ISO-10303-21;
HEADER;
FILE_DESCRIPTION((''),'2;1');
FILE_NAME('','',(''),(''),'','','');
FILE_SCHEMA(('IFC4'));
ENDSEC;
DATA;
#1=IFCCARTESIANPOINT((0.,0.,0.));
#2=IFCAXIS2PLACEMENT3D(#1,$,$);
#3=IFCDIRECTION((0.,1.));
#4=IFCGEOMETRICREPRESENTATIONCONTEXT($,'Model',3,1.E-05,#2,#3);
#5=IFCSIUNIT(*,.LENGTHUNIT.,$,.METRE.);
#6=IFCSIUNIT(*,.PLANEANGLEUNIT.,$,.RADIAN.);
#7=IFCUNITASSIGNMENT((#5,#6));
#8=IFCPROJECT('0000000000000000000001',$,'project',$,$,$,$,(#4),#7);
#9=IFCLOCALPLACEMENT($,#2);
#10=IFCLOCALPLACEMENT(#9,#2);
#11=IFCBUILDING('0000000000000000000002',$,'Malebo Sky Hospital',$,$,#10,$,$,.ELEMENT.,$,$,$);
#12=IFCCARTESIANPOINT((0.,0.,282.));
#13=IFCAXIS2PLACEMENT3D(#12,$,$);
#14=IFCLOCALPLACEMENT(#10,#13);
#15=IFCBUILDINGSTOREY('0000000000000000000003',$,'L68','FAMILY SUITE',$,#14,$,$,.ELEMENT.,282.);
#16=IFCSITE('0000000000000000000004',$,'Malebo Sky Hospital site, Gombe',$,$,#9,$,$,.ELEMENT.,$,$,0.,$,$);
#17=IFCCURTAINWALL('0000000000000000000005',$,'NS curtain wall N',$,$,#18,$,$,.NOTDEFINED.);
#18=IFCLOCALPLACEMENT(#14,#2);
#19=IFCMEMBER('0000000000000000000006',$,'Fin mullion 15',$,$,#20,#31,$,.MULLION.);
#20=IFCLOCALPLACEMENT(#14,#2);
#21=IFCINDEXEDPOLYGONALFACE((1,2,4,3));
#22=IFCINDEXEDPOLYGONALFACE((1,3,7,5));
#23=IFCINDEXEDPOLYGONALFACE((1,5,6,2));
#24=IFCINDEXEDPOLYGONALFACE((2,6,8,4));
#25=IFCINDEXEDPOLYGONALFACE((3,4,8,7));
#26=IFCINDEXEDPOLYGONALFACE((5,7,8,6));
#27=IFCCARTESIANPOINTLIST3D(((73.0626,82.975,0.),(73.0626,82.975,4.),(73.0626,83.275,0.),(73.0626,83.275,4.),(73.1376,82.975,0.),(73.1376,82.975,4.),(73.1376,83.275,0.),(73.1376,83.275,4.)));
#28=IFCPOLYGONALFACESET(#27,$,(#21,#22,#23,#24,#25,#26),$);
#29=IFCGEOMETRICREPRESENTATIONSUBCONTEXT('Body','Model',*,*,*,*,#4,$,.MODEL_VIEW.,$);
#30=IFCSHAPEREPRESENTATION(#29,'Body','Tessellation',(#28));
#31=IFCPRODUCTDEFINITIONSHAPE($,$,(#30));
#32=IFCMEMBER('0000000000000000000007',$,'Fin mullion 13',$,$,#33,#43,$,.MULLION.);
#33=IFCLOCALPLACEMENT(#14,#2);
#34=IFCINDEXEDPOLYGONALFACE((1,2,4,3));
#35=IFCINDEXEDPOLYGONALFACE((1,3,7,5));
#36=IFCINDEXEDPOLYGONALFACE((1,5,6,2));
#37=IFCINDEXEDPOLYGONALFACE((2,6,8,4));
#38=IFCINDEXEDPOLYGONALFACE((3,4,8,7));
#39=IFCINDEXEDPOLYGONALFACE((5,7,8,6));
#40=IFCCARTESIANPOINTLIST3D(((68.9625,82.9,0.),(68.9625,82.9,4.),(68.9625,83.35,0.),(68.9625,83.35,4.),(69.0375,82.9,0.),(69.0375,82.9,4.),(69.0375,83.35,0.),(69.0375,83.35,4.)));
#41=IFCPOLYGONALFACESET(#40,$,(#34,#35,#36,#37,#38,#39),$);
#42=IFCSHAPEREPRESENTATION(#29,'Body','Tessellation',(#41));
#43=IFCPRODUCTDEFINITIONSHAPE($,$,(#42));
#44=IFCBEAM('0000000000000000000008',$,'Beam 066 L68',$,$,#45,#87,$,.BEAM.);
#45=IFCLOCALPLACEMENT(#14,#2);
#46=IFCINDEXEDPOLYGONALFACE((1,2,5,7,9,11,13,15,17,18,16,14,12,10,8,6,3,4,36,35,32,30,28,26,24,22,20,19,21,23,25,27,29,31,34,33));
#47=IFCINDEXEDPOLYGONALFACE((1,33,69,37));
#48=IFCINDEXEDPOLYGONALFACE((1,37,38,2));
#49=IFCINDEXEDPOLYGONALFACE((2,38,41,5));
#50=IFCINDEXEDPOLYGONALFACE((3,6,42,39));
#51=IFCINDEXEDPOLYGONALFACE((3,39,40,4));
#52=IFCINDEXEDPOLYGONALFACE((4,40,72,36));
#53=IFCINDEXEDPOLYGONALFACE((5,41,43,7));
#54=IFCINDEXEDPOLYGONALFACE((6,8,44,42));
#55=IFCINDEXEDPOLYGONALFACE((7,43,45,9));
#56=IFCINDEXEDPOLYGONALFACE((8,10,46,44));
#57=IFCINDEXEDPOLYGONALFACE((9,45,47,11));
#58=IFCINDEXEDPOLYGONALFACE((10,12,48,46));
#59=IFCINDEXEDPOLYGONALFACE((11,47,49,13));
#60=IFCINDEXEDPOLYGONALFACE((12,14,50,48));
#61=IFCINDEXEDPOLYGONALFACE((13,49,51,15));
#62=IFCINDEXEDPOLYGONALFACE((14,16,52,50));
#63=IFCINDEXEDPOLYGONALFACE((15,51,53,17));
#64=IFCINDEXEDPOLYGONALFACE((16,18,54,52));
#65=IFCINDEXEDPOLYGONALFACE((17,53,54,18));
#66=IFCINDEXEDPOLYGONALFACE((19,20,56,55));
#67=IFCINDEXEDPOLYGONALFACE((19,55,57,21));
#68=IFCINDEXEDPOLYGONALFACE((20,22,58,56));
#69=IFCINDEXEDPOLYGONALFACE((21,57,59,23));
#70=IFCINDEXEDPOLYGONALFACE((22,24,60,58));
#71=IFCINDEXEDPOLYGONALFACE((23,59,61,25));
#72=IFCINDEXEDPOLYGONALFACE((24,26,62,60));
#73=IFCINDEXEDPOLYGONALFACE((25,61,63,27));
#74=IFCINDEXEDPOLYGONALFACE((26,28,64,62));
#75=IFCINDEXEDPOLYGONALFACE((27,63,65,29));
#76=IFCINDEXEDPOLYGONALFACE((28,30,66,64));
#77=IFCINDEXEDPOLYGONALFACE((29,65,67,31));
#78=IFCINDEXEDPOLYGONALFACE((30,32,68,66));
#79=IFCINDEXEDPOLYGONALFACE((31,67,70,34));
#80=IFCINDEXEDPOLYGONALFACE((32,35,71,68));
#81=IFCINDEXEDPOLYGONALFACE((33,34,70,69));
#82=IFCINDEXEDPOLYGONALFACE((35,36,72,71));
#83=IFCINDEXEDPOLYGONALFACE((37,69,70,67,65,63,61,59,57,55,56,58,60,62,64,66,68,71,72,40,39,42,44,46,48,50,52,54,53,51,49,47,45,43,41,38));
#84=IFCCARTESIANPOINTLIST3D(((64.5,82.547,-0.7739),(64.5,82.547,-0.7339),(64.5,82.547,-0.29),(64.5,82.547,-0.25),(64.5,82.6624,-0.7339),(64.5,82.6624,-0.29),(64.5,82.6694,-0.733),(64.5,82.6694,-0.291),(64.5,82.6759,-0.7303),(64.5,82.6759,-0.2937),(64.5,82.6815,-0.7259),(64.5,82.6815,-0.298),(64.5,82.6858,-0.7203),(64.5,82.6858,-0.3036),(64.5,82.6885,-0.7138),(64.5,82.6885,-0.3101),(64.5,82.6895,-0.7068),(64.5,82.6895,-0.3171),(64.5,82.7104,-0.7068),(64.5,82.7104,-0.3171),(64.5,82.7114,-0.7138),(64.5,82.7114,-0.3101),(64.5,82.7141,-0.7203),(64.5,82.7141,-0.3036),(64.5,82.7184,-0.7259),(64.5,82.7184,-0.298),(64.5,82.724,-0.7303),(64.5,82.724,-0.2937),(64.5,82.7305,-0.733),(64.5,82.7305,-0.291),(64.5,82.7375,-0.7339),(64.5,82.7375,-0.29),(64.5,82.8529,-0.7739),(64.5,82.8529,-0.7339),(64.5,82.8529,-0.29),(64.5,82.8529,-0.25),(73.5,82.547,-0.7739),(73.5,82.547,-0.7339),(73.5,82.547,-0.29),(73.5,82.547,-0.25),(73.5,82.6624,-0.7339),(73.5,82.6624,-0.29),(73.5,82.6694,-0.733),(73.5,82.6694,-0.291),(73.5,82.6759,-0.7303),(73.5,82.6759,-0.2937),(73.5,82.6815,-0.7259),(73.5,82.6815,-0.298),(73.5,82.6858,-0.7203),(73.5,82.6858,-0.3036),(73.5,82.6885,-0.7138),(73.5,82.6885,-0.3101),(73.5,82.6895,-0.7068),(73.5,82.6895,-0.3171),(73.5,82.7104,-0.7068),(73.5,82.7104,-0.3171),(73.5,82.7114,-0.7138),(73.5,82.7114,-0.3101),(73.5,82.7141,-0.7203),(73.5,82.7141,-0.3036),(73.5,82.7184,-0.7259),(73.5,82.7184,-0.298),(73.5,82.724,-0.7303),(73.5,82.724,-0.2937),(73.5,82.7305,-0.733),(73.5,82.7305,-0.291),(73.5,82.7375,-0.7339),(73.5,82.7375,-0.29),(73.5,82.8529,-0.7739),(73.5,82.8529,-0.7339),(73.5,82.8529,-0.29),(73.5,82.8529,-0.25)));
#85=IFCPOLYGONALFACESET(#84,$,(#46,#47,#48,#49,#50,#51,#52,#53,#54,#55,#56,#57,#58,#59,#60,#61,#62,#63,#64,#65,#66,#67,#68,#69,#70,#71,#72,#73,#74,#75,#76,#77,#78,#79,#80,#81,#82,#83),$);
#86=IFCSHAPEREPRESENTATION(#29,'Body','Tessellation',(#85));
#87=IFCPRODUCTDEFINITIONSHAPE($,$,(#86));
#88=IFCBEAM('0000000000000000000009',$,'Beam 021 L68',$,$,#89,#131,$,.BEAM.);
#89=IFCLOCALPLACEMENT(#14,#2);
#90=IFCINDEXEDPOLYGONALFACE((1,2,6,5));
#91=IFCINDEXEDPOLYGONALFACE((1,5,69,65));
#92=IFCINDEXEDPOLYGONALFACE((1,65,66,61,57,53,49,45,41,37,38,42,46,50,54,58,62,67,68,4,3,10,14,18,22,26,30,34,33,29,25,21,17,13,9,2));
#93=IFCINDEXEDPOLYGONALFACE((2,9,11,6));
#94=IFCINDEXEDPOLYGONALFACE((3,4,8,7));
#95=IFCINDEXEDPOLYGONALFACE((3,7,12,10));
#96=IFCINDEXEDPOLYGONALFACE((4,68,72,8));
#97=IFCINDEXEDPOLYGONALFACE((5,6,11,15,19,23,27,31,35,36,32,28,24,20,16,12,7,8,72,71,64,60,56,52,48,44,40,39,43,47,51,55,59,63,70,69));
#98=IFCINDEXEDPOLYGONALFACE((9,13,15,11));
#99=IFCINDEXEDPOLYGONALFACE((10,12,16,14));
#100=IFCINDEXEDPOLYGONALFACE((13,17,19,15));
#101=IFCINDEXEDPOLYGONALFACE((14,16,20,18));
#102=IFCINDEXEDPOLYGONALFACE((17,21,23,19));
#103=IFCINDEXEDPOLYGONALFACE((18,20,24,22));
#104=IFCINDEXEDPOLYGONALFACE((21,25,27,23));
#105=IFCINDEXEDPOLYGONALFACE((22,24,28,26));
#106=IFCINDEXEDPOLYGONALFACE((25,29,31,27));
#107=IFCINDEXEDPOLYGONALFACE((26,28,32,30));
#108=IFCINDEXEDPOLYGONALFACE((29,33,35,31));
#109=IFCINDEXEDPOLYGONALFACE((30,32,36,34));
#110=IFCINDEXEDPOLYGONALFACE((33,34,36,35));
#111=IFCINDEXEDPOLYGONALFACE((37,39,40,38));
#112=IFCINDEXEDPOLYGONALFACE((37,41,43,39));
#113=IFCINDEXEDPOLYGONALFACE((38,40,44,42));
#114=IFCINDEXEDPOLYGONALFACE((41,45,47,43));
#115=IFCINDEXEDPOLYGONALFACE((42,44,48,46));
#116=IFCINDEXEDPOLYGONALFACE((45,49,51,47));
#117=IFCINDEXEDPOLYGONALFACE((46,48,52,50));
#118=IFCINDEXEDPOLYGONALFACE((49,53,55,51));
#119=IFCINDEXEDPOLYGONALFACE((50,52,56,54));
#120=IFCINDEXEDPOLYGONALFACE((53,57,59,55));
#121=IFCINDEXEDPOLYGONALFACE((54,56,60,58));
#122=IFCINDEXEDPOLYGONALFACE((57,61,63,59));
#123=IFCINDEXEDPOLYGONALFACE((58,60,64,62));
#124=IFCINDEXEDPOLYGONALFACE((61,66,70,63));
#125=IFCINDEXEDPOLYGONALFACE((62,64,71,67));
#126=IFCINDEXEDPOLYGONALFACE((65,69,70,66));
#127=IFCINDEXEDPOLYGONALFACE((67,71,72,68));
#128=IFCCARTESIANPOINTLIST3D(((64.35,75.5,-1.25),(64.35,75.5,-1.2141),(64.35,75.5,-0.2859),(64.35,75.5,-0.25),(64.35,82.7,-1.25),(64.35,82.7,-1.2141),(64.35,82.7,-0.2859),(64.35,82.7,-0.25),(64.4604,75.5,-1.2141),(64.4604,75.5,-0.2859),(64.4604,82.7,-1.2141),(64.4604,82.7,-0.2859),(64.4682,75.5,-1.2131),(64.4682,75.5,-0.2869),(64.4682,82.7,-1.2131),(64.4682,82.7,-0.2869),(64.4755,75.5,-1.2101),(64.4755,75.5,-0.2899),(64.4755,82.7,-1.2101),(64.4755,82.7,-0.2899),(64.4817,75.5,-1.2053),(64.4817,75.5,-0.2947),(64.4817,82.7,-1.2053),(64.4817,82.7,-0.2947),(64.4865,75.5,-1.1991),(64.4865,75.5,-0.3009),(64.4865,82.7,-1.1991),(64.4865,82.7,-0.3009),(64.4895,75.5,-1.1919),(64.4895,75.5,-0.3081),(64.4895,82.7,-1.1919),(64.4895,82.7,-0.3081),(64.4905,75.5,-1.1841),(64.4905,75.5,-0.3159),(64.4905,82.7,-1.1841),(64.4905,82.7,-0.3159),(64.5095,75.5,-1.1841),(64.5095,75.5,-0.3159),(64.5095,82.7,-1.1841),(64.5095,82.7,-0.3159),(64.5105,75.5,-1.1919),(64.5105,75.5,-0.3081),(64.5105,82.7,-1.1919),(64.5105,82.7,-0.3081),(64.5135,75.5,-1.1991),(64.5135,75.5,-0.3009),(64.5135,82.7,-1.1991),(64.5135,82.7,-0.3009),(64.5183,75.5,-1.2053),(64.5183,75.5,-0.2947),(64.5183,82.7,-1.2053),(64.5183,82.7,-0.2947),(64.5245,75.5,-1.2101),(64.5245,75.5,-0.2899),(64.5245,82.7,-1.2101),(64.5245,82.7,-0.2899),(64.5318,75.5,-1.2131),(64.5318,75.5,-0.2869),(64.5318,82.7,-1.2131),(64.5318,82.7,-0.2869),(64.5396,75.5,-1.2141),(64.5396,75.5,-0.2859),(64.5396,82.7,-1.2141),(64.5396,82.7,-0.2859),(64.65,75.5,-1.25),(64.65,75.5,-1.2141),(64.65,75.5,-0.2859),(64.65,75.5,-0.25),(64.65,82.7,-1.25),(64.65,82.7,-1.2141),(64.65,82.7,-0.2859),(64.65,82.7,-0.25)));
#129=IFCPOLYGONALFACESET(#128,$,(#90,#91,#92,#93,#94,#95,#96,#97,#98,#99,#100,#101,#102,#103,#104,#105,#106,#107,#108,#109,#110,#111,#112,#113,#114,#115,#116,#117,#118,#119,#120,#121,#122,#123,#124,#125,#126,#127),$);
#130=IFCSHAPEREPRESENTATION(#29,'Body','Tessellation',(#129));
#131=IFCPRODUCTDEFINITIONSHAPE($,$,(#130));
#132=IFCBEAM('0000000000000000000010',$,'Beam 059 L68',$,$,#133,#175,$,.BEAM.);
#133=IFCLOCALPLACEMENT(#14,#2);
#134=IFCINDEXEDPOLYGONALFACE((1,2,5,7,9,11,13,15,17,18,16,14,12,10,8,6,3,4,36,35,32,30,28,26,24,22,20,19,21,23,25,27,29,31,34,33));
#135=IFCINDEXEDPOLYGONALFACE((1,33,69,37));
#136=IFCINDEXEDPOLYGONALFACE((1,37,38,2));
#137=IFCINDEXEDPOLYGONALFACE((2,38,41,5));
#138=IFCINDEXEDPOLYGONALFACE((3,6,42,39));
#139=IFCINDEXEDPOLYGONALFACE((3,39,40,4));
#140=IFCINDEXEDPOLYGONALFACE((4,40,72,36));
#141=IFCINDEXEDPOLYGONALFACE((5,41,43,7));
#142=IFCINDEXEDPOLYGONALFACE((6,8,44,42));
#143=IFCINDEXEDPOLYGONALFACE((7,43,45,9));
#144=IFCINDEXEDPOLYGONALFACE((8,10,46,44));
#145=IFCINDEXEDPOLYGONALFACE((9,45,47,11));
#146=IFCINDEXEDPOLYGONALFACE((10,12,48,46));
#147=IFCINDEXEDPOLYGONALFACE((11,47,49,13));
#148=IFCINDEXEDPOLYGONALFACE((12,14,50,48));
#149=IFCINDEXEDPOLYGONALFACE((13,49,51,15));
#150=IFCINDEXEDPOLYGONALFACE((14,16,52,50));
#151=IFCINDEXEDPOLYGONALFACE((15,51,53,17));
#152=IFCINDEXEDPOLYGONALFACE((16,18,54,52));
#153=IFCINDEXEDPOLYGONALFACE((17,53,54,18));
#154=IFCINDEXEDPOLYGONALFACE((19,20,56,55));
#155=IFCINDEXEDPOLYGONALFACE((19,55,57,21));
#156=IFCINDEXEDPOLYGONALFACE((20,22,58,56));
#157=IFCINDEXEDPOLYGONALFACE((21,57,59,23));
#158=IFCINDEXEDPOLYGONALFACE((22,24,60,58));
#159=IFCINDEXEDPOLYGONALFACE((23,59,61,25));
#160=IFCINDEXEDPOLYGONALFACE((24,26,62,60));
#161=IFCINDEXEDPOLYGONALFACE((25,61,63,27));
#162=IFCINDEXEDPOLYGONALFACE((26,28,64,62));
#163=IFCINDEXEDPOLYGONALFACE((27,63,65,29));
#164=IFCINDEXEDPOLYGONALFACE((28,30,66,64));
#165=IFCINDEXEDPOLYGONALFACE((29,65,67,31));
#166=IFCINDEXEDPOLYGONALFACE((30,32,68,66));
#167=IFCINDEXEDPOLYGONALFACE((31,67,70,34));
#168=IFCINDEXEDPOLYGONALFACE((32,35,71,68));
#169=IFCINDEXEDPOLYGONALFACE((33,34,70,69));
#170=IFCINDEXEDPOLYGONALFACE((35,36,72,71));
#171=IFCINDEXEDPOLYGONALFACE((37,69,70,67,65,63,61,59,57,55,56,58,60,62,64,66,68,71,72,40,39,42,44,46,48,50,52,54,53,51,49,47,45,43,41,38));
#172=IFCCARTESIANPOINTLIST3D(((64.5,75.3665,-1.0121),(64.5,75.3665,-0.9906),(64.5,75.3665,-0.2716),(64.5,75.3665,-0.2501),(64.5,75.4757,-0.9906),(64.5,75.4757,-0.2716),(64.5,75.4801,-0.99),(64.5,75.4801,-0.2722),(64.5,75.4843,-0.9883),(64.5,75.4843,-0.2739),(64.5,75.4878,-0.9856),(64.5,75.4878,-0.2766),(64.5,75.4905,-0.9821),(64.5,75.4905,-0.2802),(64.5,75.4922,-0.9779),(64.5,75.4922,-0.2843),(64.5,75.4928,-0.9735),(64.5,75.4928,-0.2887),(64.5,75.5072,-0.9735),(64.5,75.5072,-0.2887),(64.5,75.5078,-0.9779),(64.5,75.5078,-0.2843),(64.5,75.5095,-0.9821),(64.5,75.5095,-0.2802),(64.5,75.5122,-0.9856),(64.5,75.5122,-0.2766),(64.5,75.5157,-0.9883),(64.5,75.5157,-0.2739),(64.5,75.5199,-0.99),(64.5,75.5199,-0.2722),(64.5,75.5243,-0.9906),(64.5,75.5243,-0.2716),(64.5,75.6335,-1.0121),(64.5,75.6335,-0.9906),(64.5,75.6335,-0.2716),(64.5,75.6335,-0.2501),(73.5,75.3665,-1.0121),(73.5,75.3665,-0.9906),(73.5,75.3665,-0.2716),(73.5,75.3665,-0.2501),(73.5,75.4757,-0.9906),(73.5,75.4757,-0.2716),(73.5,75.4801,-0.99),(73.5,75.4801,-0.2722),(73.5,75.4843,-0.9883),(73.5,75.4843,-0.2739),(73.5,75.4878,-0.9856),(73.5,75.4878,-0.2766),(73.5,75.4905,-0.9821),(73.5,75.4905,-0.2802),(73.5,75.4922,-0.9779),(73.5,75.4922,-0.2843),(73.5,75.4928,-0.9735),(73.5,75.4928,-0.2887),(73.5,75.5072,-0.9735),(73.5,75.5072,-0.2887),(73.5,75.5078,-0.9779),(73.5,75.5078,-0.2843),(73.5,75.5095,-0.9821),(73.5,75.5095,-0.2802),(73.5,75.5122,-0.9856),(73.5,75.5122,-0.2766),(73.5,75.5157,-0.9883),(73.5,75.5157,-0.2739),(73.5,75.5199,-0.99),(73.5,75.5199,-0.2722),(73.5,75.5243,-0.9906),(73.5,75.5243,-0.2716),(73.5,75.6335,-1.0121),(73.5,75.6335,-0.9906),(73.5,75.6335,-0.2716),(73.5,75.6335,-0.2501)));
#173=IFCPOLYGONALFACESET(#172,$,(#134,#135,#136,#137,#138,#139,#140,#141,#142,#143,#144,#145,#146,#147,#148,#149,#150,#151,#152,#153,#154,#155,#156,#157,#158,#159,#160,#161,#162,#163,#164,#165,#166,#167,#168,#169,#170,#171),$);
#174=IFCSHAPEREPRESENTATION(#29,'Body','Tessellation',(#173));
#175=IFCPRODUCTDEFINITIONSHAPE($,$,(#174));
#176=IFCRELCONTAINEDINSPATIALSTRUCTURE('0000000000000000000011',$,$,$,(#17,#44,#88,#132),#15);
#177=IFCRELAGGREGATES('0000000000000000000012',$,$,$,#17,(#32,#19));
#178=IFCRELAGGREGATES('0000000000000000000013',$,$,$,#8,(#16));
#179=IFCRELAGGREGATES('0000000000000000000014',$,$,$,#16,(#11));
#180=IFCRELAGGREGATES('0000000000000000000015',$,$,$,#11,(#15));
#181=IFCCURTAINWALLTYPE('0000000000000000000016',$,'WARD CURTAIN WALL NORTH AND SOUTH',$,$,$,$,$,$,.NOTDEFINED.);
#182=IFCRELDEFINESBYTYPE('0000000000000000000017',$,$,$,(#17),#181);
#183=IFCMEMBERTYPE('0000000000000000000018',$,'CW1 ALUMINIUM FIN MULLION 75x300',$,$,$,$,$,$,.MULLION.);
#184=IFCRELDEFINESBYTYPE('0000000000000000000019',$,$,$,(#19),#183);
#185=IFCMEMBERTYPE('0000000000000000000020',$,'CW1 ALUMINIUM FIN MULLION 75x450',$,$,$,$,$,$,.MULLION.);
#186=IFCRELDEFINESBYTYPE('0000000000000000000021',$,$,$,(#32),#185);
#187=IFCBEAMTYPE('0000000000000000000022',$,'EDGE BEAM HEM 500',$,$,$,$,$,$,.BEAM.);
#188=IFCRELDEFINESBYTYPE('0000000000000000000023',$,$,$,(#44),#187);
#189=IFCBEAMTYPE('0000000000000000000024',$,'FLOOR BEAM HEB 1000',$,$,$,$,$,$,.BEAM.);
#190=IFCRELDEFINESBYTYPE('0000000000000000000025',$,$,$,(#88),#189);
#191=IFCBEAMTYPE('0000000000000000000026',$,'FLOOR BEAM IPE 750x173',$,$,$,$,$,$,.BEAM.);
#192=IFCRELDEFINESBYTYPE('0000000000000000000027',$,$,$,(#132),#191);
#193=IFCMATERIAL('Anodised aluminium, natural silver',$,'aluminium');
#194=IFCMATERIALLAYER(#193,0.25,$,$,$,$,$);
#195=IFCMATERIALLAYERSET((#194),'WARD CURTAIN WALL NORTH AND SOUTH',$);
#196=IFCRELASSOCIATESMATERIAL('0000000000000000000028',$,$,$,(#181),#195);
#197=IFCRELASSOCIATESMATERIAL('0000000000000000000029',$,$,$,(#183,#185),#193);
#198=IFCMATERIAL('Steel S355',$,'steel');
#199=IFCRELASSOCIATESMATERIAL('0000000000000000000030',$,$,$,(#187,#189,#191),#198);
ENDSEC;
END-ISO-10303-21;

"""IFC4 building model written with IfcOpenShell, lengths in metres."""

from ifc_helpers import new_model, si_unit, direction, frame, origin, origin_2d, place, context, subcontext, project, spatial, rectangle, i_section, extrude, material, layer, layer_set, material_profile, profile_set, type_object, element, aggregate, save


model = new_model("IFC4")

# Units and contexts
model_context = context("Model", 3, precision=1e-05, world=origin(), true_north=direction((0.0, 1.0)))
body_context = subcontext(model_context, "Body", "Model", "MODEL_VIEW")
ifc_project = project(units=[si_unit("LENGTHUNIT", "METRE"), si_unit("PLANEANGLEUNIT", "RADIAN")], contexts=[model_context])

# Site, building, storey
site_placement = place(None, origin())
site = spatial("IfcSite", under=ifc_project, at=site_placement, Name="Malebo Sky Hospital site, Gombe", CompositionType="ELEMENT", RefElevation=0.0)
building_placement = place(site_placement, origin())
building = spatial("IfcBuilding", under=site, at=building_placement, Name="Malebo Sky Hospital", CompositionType="ELEMENT")
storey_placement = place(building_placement, frame((0.0, 0.0, 282.0)))
storey = spatial("IfcBuildingStorey", under=building, at=storey_placement, Name="L68", Description="FAMILY SUITE", CompositionType="ELEMENT", Elevation=282.0)

# Curtain wall
ifc_material_1 = material(Name="Anodised aluminium, natural silver", Category="aluminium")
ifc_layer_1 = layer(ifc_material_1, 0.25)
ifc_layer_set_1 = layer_set([ifc_layer_1], Name="WARD CURTAIN WALL NORTH AND SOUTH")
curtain_wall_type = type_object("IfcCurtainWallType", Name="WARD CURTAIN WALL NORTH AND SOUTH", PredefinedType="NOTDEFINED", material=ifc_layer_set_1)
curtain_wall_placement = place(storey_placement, origin())
curtain_wall = element("IfcCurtainWall", 1, at=curtain_wall_placement, inside=storey, type_object=curtain_wall_type, Name="NS curtain wall N", PredefinedType="NOTDEFINED")

# Members
ifc_material_2 = material(Name="Steel S355", Category="steel")
ifc_material_profile_1 = material_profile(ifc_material_1, rectangle(XDim=0.075, YDim=0.3, at=origin_2d()), Name="CW1 ALUMINIUM FIN MULLION 75x300")
ifc_profile_set_1 = profile_set([ifc_material_profile_1], Name="Anodised aluminium, natural silver")
member_type_1 = type_object("IfcMemberType", Name="CW1 ALUMINIUM FIN MULLION 75x300", PredefinedType="MULLION", material=ifc_profile_set_1)
member_1_placement = place(storey_placement, frame((73.1001, 83.125, 0.0), z_axis=(0.0, 0.0, 1.0), x_axis=(1.0, 0.0, 0.0)))
member_1 = element("IfcMember", 2, at=member_1_placement, type_object=member_type_1, Name="Fin mullion 15", PredefinedType="MULLION", context=body_context, shape_type="SweptSolid", body=[
    extrude(rectangle(XDim=0.075, YDim=0.3, at=origin_2d()), origin(), (0.0, 0.0, 1.0), 4.0),
])
ifc_material_profile_2 = material_profile(ifc_material_1, rectangle(XDim=0.075, YDim=0.45, at=origin_2d()), Name="CW1 ALUMINIUM FIN MULLION 75x450")
ifc_profile_set_2 = profile_set([ifc_material_profile_2], Name="Anodised aluminium, natural silver")
member_type_2 = type_object("IfcMemberType", Name="CW1 ALUMINIUM FIN MULLION 75x450", PredefinedType="MULLION", material=ifc_profile_set_2)
member_2_placement = place(storey_placement, frame((69.0, 83.125, 0.0), z_axis=(0.0, 0.0, 1.0), x_axis=(1.0, 0.0, 0.0)))
member_2 = element("IfcMember", 3, at=member_2_placement, type_object=member_type_2, Name="Fin mullion 13", PredefinedType="MULLION", context=body_context, shape_type="SweptSolid", body=[
    extrude(rectangle(XDim=0.075, YDim=0.45, at=origin_2d()), origin(), (0.0, 0.0, 1.0), 4.0),
])

# Beams
ifc_material_profile_3 = material_profile(ifc_material_2, i_section(OverallWidth=0.3059, OverallDepth=0.5239, WebThickness=0.021, FlangeThickness=0.04, FilletRadius=0.0271, at=origin_2d()), Name="HEM 500")
ifc_profile_set_3 = profile_set([ifc_material_profile_3], Name="Steel S355")
beam_type_1 = type_object("IfcBeamType", Name="EDGE BEAM HEM 500", PredefinedType="BEAM", material=ifc_profile_set_3)
beam_1_placement = place(storey_placement, frame((64.5, 82.7, -0.512), z_axis=(1.0, 0.0, 0.0), x_axis=(0.0, 1.0, 0.0)))
element("IfcBeam", 4, at=beam_1_placement, inside=storey, type_object=beam_type_1, Name="Beam 066 L68", PredefinedType="BEAM", context=body_context, shape_type="SweptSolid", body=[
    extrude(i_section(OverallWidth=0.3059, OverallDepth=0.5239, WebThickness=0.021, FlangeThickness=0.04, FilletRadius=0.0271, at=origin_2d()), origin(), (0.0, 0.0, 1.0), 9.0),
])
ifc_material_profile_4 = material_profile(ifc_material_2, i_section(OverallWidth=0.3, OverallDepth=1.0, WebThickness=0.019, FlangeThickness=0.0359, FilletRadius=0.03, at=origin_2d()), Name="HEB 1000")
ifc_profile_set_4 = profile_set([ifc_material_profile_4], Name="Steel S355")
beam_type_2 = type_object("IfcBeamType", Name="FLOOR BEAM HEB 1000", PredefinedType="BEAM", material=ifc_profile_set_4)
beam_2_placement = place(storey_placement, frame((64.5, 75.5, -0.75), z_axis=(0.0, 1.0, 0.0), x_axis=(-1.0, 0.0, 0.0)))
element("IfcBeam", 5, at=beam_2_placement, inside=storey, type_object=beam_type_2, Name="Beam 021 L68", PredefinedType="BEAM", context=body_context, shape_type="SweptSolid", body=[
    extrude(i_section(OverallWidth=0.3, OverallDepth=1.0, WebThickness=0.019, FlangeThickness=0.0359, FilletRadius=0.03, at=origin_2d()), origin(), (0.0, 0.0, 1.0), 7.2),
])
ifc_material_profile_5 = material_profile(ifc_material_2, i_section(OverallWidth=0.2671, OverallDepth=0.762, WebThickness=0.0144, FlangeThickness=0.0215, FilletRadius=0.0171, at=origin_2d()), Name="IPE 750x173")
ifc_profile_set_5 = profile_set([ifc_material_profile_5], Name="Steel S355")
beam_type_3 = type_object("IfcBeamType", Name="FLOOR BEAM IPE 750x173", PredefinedType="BEAM", material=ifc_profile_set_5)
beam_3_placement = place(storey_placement, frame((64.5, 75.5, -0.6311), z_axis=(1.0, 0.0, 0.0), x_axis=(0.0, 1.0, 0.0)))
element("IfcBeam", 6, at=beam_3_placement, inside=storey, type_object=beam_type_3, Name="Beam 059 L68", PredefinedType="BEAM", context=body_context, shape_type="SweptSolid", body=[
    extrude(i_section(OverallWidth=0.2671, OverallDepth=0.762, WebThickness=0.0144, FlangeThickness=0.0215, FilletRadius=0.0171, at=origin_2d()), origin(), (0.0, 0.0, 1.0), 9.0),
])

aggregate(curtain_wall, [member_2, member_1])

save(model, "model.ifc")
